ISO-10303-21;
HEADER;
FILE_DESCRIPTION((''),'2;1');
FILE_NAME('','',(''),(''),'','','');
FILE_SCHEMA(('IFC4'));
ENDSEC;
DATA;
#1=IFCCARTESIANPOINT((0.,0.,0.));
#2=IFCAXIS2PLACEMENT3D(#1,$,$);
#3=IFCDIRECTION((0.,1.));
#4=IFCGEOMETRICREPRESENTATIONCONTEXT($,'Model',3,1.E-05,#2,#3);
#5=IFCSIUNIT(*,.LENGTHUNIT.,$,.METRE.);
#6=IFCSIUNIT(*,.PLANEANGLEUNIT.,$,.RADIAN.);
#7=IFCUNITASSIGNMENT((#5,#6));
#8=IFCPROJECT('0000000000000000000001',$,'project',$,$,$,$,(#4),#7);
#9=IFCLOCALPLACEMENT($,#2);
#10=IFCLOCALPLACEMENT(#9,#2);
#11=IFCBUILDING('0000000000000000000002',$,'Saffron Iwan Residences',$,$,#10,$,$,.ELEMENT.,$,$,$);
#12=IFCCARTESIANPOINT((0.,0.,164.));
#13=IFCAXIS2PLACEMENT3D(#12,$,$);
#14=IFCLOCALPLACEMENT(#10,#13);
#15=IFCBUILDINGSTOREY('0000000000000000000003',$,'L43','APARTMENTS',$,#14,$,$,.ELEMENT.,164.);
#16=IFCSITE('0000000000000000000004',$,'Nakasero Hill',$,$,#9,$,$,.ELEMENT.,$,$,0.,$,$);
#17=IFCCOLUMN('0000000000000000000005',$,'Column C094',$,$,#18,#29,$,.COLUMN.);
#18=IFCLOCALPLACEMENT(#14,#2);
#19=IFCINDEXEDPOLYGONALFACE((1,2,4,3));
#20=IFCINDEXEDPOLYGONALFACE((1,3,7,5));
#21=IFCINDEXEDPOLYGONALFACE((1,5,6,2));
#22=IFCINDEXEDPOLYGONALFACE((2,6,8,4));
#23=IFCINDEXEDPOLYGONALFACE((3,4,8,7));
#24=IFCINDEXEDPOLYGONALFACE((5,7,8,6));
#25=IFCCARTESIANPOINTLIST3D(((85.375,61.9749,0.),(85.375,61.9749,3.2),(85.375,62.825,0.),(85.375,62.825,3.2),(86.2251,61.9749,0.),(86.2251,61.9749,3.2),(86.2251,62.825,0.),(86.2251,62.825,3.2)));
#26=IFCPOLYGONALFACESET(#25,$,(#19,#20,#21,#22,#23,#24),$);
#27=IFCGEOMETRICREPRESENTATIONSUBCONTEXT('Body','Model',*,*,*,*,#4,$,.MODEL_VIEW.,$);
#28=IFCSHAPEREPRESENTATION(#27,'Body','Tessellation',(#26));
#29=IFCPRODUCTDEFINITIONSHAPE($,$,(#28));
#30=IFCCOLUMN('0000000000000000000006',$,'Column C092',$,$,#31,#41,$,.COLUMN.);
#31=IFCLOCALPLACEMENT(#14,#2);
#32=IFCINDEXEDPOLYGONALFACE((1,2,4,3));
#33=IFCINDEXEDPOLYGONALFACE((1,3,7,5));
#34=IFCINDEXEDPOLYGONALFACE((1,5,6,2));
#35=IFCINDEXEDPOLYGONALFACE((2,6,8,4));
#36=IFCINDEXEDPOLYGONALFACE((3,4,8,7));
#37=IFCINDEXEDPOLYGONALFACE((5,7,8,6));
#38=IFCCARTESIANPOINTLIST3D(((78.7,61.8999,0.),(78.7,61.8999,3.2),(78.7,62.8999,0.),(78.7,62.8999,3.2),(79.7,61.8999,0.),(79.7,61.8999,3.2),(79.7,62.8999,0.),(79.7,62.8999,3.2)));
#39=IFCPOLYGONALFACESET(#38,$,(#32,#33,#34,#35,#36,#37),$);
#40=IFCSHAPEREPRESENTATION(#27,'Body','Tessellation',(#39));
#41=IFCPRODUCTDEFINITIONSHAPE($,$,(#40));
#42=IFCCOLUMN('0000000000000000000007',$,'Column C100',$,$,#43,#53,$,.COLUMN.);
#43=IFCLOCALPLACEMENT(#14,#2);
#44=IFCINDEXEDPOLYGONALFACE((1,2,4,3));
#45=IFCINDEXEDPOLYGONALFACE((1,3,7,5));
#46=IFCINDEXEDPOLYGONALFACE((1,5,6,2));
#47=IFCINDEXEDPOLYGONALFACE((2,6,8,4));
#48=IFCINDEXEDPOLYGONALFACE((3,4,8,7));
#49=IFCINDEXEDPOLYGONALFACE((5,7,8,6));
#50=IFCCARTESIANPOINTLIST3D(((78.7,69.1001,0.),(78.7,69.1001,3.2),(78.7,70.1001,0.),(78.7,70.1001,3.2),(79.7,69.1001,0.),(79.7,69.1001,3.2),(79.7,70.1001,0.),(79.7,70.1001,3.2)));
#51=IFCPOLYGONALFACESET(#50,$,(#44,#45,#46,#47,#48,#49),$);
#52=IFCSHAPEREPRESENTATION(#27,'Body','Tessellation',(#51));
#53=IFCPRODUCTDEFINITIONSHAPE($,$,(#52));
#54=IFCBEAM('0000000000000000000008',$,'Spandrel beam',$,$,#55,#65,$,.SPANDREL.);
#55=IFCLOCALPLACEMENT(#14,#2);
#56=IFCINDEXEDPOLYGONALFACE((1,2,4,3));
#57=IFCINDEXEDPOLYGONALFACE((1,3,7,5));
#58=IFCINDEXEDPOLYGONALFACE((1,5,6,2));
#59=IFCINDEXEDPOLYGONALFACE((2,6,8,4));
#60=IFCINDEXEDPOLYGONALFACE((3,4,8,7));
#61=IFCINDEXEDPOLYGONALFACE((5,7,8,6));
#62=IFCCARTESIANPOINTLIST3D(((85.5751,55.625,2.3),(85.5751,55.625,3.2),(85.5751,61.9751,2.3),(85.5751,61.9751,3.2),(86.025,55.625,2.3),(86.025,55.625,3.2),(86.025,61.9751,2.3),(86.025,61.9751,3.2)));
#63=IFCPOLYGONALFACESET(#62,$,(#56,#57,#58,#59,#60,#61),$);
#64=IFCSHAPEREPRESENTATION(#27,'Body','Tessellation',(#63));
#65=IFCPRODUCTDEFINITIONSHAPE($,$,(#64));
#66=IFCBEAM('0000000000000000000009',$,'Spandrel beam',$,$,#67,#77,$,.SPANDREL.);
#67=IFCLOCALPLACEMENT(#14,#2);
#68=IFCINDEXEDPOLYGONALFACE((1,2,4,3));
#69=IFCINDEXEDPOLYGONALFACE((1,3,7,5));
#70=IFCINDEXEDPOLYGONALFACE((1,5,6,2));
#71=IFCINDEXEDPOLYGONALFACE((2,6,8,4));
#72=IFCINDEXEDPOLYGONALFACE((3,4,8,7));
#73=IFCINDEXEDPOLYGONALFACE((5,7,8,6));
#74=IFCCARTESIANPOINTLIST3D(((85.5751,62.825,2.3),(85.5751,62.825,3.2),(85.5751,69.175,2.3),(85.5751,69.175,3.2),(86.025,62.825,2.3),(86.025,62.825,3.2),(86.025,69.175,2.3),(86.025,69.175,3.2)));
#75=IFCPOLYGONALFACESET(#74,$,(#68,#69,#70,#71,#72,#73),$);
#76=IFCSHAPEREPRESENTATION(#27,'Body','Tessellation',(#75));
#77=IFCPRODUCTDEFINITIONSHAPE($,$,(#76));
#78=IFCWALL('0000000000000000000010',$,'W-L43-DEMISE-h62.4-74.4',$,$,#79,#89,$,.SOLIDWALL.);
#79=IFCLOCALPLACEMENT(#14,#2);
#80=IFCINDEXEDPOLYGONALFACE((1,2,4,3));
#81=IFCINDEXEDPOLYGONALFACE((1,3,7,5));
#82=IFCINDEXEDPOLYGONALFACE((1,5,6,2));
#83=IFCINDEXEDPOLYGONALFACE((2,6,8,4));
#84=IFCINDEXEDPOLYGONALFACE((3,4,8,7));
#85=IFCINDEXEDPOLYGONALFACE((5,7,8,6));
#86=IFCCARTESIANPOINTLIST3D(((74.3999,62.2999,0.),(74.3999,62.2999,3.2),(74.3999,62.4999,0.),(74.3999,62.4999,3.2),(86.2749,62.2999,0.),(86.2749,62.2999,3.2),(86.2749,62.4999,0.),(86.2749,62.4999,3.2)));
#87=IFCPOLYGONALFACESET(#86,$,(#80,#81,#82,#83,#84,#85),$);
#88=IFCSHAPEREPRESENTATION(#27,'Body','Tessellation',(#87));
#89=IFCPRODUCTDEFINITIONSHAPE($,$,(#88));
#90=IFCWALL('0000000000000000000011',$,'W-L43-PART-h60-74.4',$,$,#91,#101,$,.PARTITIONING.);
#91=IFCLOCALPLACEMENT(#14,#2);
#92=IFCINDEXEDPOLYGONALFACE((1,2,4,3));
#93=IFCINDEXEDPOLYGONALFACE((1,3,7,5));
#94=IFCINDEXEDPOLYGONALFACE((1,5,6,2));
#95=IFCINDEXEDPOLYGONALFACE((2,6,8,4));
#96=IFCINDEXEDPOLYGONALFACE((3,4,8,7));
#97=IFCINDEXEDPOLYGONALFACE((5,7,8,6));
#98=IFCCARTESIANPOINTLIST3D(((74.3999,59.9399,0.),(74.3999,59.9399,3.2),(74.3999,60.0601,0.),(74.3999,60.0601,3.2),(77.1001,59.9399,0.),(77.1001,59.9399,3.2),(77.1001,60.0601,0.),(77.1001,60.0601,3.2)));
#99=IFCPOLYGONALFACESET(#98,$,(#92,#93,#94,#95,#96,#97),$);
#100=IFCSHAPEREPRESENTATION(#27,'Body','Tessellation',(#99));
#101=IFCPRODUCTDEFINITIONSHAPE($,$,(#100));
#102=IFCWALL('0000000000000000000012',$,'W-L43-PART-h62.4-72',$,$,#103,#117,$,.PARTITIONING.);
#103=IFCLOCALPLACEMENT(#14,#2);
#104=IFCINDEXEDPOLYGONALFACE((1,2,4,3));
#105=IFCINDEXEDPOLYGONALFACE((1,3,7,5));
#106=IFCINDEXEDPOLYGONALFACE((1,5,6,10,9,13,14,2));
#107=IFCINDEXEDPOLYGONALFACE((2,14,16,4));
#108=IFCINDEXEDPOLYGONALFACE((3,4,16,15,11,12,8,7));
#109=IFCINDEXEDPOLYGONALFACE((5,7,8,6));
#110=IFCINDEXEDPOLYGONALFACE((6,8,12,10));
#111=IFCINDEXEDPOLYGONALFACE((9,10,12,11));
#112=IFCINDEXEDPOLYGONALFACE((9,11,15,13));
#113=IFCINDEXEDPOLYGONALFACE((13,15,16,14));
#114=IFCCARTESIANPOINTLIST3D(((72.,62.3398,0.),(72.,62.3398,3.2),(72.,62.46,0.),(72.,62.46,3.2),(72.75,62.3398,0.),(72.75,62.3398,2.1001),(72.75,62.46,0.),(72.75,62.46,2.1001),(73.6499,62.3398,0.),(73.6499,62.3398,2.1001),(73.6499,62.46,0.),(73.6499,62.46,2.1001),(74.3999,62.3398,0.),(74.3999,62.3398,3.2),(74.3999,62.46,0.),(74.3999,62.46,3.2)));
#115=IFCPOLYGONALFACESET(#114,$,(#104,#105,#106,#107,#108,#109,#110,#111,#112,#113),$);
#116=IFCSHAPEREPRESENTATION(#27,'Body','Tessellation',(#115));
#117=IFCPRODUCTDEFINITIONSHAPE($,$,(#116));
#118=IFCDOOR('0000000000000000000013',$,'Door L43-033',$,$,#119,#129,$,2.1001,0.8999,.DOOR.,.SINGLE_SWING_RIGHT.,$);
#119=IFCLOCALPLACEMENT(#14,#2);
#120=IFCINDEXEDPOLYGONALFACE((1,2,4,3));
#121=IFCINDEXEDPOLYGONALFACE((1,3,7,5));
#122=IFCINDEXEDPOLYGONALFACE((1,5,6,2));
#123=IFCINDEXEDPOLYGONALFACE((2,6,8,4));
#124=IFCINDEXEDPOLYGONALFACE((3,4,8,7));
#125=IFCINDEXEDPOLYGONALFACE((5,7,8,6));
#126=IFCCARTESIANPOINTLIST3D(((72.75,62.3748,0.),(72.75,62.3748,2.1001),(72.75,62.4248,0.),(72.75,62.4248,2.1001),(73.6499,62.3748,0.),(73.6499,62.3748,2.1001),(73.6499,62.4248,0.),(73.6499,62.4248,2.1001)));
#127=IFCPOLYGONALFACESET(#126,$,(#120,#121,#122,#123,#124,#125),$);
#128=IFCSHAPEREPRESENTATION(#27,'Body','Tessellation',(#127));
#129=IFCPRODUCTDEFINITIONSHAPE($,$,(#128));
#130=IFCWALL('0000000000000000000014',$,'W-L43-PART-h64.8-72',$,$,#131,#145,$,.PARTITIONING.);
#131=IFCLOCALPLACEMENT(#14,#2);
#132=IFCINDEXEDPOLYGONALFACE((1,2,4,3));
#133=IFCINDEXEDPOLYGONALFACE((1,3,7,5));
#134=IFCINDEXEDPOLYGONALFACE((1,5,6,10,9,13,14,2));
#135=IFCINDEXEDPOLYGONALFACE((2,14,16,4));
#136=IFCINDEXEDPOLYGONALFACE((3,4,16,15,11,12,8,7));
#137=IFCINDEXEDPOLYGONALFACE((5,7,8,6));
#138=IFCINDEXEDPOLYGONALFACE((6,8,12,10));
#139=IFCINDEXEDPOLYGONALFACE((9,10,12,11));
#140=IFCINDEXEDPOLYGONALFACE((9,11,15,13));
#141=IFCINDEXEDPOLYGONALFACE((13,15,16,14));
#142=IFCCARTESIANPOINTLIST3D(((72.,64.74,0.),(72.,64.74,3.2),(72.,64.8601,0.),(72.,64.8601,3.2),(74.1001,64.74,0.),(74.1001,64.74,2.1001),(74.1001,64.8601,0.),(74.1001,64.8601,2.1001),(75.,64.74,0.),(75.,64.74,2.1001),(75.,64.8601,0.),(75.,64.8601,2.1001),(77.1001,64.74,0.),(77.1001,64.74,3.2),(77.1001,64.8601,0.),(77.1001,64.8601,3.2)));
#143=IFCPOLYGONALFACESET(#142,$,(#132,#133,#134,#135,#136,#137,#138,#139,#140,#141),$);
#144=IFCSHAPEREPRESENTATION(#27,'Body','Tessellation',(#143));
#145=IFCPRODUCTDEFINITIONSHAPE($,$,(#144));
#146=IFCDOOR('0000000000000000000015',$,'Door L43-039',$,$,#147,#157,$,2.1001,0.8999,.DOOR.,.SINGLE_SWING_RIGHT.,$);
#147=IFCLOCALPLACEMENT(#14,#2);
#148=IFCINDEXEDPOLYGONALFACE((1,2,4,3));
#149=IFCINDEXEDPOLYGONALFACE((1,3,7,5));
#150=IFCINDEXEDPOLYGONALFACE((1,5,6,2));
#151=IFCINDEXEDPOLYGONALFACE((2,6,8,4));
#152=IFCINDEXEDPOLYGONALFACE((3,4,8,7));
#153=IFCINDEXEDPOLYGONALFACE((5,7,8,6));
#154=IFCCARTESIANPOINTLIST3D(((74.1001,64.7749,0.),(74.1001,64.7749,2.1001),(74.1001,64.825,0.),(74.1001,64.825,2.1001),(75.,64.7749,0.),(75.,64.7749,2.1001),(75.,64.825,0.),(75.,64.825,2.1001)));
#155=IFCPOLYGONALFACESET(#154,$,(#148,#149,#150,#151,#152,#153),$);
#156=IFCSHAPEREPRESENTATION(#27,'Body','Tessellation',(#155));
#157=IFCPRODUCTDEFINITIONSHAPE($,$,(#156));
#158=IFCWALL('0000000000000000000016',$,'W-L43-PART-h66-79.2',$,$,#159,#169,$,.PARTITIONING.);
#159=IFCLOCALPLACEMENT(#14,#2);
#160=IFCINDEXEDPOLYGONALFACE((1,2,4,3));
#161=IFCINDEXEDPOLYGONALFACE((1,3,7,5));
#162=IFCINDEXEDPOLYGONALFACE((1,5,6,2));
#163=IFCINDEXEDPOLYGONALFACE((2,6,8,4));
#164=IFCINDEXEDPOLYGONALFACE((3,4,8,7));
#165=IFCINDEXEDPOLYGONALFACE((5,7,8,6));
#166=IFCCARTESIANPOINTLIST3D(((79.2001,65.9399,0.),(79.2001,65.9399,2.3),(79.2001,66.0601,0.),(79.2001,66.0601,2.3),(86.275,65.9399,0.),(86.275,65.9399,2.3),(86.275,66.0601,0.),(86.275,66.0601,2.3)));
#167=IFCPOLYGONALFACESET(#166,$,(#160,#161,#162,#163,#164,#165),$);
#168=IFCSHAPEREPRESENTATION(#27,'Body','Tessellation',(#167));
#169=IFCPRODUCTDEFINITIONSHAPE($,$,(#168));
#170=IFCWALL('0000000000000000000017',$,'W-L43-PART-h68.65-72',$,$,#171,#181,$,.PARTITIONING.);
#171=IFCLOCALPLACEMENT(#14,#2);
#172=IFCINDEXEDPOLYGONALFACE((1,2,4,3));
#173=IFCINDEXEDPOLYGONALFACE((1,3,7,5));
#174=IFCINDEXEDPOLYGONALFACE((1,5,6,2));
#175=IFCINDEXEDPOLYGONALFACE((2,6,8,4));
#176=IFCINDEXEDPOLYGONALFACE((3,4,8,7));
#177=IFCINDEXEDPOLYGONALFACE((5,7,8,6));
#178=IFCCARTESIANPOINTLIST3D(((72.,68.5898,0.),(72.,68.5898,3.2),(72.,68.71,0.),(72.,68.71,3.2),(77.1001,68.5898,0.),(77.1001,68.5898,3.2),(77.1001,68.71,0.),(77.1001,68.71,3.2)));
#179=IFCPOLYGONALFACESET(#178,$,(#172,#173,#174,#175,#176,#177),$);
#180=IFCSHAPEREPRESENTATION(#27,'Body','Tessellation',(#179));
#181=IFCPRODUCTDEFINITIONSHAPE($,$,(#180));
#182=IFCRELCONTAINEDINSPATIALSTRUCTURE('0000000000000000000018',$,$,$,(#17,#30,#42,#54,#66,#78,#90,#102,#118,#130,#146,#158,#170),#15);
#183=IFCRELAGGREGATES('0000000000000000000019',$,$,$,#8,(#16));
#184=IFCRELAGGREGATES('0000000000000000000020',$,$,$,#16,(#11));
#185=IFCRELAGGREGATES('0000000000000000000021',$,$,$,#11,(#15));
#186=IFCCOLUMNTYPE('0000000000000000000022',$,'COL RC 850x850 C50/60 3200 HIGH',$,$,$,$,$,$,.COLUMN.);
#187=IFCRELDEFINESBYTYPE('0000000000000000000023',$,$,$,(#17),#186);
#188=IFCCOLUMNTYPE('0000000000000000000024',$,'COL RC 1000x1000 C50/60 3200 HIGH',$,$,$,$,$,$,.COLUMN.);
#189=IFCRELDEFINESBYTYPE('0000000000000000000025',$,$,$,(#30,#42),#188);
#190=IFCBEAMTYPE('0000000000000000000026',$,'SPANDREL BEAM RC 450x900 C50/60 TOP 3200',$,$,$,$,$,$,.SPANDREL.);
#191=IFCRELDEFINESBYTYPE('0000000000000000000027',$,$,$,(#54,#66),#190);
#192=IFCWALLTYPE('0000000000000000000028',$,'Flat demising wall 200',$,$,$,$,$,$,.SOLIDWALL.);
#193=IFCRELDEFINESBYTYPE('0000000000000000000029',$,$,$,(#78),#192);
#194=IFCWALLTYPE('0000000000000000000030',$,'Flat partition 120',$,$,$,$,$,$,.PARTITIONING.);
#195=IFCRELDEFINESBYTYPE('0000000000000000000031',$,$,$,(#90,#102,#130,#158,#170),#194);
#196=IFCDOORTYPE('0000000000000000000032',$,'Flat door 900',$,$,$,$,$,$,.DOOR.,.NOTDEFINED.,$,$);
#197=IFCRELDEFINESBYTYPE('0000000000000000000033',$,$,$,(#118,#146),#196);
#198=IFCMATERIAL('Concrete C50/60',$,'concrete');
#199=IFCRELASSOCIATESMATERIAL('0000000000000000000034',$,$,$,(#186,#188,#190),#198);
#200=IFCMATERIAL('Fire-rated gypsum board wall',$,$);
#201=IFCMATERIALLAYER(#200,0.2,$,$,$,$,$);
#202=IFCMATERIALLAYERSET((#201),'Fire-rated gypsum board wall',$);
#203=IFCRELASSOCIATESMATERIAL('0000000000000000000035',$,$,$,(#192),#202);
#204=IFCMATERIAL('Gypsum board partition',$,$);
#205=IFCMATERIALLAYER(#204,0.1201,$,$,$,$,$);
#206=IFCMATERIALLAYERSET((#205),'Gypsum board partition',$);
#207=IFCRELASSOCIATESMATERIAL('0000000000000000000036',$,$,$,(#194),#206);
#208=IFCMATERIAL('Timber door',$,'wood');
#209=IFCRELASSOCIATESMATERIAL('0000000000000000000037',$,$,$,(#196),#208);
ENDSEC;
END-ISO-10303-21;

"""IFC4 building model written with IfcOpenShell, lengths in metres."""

from ifc_helpers import new_model, si_unit, direction, frame, frame_2d, origin, origin_2d, place, context, subcontext, project, spatial, rectangle, extrude, source, transform, mapped, material, layer, layer_set, material_profile, profile_set, type_object, element, fill, save


model = new_model("IFC4")

# Units and contexts
model_context = context("Model", 3, precision=1e-05, world=origin(), true_north=direction((0.0, 1.0)))
body_context = subcontext(model_context, "Body", "Model", "MODEL_VIEW")
ifc_project = project(units=[si_unit("LENGTHUNIT", "METRE"), si_unit("PLANEANGLEUNIT", "RADIAN")], contexts=[model_context])

# Site, building, storey
site_placement = place(None, origin())
site = spatial("IfcSite", under=ifc_project, at=site_placement, Name="Nakasero Hill", CompositionType="ELEMENT", RefElevation=0.0)
building_placement = place(site_placement, origin())
building = spatial("IfcBuilding", under=site, at=building_placement, Name="Saffron Iwan Residences", CompositionType="ELEMENT")
storey_placement = place(building_placement, frame((0.0, 0.0, 164.0)))
storey = spatial("IfcBuildingStorey", under=building, at=storey_placement, Name="L43", Description="APARTMENTS", CompositionType="ELEMENT", Elevation=164.0)

# Columns
ifc_material_1 = material(Name="Concrete C50/60", Category="concrete")
ifc_material_profile_1 = material_profile(ifc_material_1, rectangle(XDim=0.8501, YDim=0.8501, at=origin_2d()), Name="RC 850x850")
ifc_profile_set_1 = profile_set([ifc_material_profile_1], Name="Concrete C50/60")
column_type_1 = type_object("IfcColumnType", Name="COL RC 850x850 C50/60 3200 HIGH", PredefinedType="COLUMN", material=ifc_profile_set_1)
shared_shape_1 = source(origin(), body_context, "Body", "SweptSolid", [
    extrude(rectangle(XDim=0.8501, YDim=0.8501, at=origin_2d()), origin(), (0.0, 0.0, 1.0), 3.2),
])
column_placement = place(storey_placement, frame((85.8, 62.3999, 0.0), z_axis=(0.0, 0.0, 1.0), x_axis=(1.0, 0.0, 0.0)))
element("IfcColumn", 1, at=column_placement, inside=storey, type_object=column_type_1, Name="Column C094", PredefinedType="COLUMN", context=body_context, shape_type="MappedRepresentation", body=[
    mapped(shared_shape_1, transform((0.0, 0.0, 0.0))),
])
ifc_material_profile_2 = material_profile(ifc_material_1, rectangle(XDim=1.0, YDim=1.0, at=origin_2d()), Name="RC 1000x1000")
ifc_profile_set_2 = profile_set([ifc_material_profile_2], Name="Concrete C50/60")
column_type_2 = type_object("IfcColumnType", Name="COL RC 1000x1000 C50/60 3200 HIGH", PredefinedType="COLUMN", material=ifc_profile_set_2)
shared_shape_2 = source(origin(), body_context, "Body", "SweptSolid", [
    extrude(rectangle(XDim=1.0, YDim=1.0, at=origin_2d()), origin(), (0.0, 0.0, 1.0), 3.2),
])
for number, where, z_axis, x_axis, name in (
    (2, (79.2, 62.3999, 0.0), (0.0, 0.0, 1.0), (1.0, 0.0, 0.0), "Column C092"),
    (3, (79.2, 69.6001, 0.0), (0.0, 0.0, 1.0), (1.0, 0.0, 0.0), "Column C100"),
):
    element("IfcColumn", number, at=place(storey_placement, frame(where, z_axis=z_axis, x_axis=x_axis)), inside=storey, type_object=column_type_2, Name=name, PredefinedType="COLUMN", context=body_context, shape_type="MappedRepresentation", body=[
        mapped(shared_shape_2, transform((0.0, 0.0, 0.0))),
    ])

# Beams
ifc_material_profile_3 = material_profile(ifc_material_1, rectangle(XDim=0.45, YDim=0.8999, at=origin_2d()), Name="RC 450x900")
ifc_profile_set_3 = profile_set([ifc_material_profile_3], Name="Concrete C50/60")
beam_type = type_object("IfcBeamType", Name="SPANDREL BEAM RC 450x900 C50/60 TOP 3200", PredefinedType="SPANDREL", material=ifc_profile_set_3)
shared_shape_3 = source(origin(), body_context, "Body", "SweptSolid", [
    extrude(rectangle(XDim=0.45, YDim=0.8999, at=origin_2d()), origin(), (0.0, 0.0, 1.0), 6.3501),
])
for number, where, z_axis, x_axis, name in (
    (4, (85.8, 61.9751, 2.75), (0.0, -1.0, 0.0), (1.0, 0.0, 0.0), "Spandrel beam"),
    (5, (85.8, 69.175, 2.75), (0.0, -1.0, 0.0), (1.0, 0.0, 0.0), "Spandrel beam"),
):
    element("IfcBeam", number, at=place(storey_placement, frame(where, z_axis=z_axis, x_axis=x_axis)), inside=storey, type_object=beam_type, Name=name, PredefinedType="SPANDREL", context=body_context, shape_type="MappedRepresentation", body=[
        mapped(shared_shape_3, transform((0.0, 0.0, 0.0))),
    ])

# Walls
ifc_material_2 = material(Name="Fire-rated gypsum board wall")
ifc_layer_1 = layer(ifc_material_2, 0.2)
ifc_layer_set_1 = layer_set([ifc_layer_1], Name="Fire-rated gypsum board wall")
wall_type_1 = type_object("IfcWallType", Name="Flat demising wall 200", PredefinedType="SOLIDWALL", material=ifc_layer_set_1)
wall_1_placement = place(storey_placement, frame((74.3999, 62.3999, 0.0), z_axis=(0.0, 0.0, 1.0), x_axis=(1.0, 0.0, 0.0)))
element("IfcWall", 6, at=wall_1_placement, inside=storey, type_object=wall_type_1, Name="W-L43-DEMISE-h62.4-74.4", PredefinedType="SOLIDWALL", context=body_context, shape_type="SweptSolid", body=[
    extrude(rectangle(XDim=11.875, YDim=0.2, at=frame_2d((5.9375, 0.0))), origin(), (0.0, 0.0, 1.0), 3.2),
])
ifc_material_3 = material(Name="Gypsum board partition")
ifc_layer_2 = layer(ifc_material_3, 0.1201)
ifc_layer_set_2 = layer_set([ifc_layer_2], Name="Gypsum board partition")
wall_type_2 = type_object("IfcWallType", Name="Flat partition 120", PredefinedType="PARTITIONING", material=ifc_layer_set_2)
wall_2_placement = place(storey_placement, frame((74.3999, 60.0, 0.0), z_axis=(0.0, 0.0, 1.0), x_axis=(1.0, 0.0, 0.0)))
element("IfcWall", 7, at=wall_2_placement, inside=storey, type_object=wall_type_2, Name="W-L43-PART-h60-74.4", PredefinedType="PARTITIONING", context=body_context, shape_type="SweptSolid", body=[
    extrude(rectangle(XDim=2.7002, YDim=0.1201, at=frame_2d((1.3501, 0.0))), origin(), (0.0, 0.0, 1.0), 3.2),
])

# Walls, openings, doors
wall_3_placement = place(storey_placement, frame((72.0, 62.3999, 0.0), z_axis=(0.0, 0.0, 1.0), x_axis=(1.0, 0.0, 0.0)))
wall_3 = element("IfcWall", 8, at=wall_3_placement, inside=storey, type_object=wall_type_2, Name="W-L43-PART-h62.4-72", PredefinedType="PARTITIONING", context=body_context, shape_type="SweptSolid", body=[
    extrude(rectangle(XDim=2.3999, YDim=0.1201, at=frame_2d((1.2, 0.0))), origin(), (0.0, 0.0, 1.0), 3.2),
])
opening_1_placement = place(wall_3_placement, frame((0.75, 0.0, 0.0)))
opening_1 = element("IfcOpeningElement", 9, at=opening_1_placement, cuts=wall_3, PredefinedType="OPENING", context=body_context, shape_type="SweptSolid", body=[
    extrude(rectangle(XDim=0.8999, YDim=2.1001, at=frame_2d((0.45, 1.05))), frame((0.0, 0.0701, 0.0), z_axis=(0.0, -1.0, 0.0), x_axis=(1.0, 0.0, 0.0)), (0.0, 0.0, 1.0), 0.1401),
])
ifc_material_4 = material(Name="Timber door", Category="wood")
door_type_1 = type_object("IfcDoorType", Name="Flat door 900", OperationType="NOTDEFINED", PredefinedType="DOOR", material=ifc_material_4)
door_1_placement = place(opening_1_placement, origin())
door_1 = element("IfcDoor", 10, at=door_1_placement, inside=storey, type_object=door_type_1, Name="Door L43-033", OperationType="SINGLE_SWING_RIGHT", OverallHeight=2.1001, OverallWidth=0.8999, PredefinedType="DOOR", context=body_context, shape_type="SweptSolid", body=[
    extrude(rectangle(XDim=0.8999, YDim=2.1001, at=frame_2d((0.45, 1.05))), frame((0.0, 0.0249, 0.0), z_axis=(0.0, -1.0, 0.0), x_axis=(1.0, 0.0, 0.0)), (0.0, 0.0, 1.0), 0.05),
])
fill(opening_1, door_1)
wall_4_placement = place(storey_placement, frame((72.0, 64.8, 0.0), z_axis=(0.0, 0.0, 1.0), x_axis=(1.0, 0.0, 0.0)))
wall_4 = element("IfcWall", 11, at=wall_4_placement, inside=storey, type_object=wall_type_2, Name="W-L43-PART-h64.8-72", PredefinedType="PARTITIONING", context=body_context, shape_type="SweptSolid", body=[
    extrude(rectangle(XDim=5.1001, YDim=0.1201, at=frame_2d((2.55, 0.0))), origin(), (0.0, 0.0, 1.0), 3.2),
])
opening_2_placement = place(wall_4_placement, frame((2.1001, 0.0, 0.0)))
opening_2 = element("IfcOpeningElement", 12, at=opening_2_placement, cuts=wall_4, PredefinedType="OPENING", context=body_context, shape_type="SweptSolid", body=[
    extrude(rectangle(XDim=0.8999, YDim=2.1001, at=frame_2d((0.45, 1.05))), frame((0.0, 0.0701, 0.0), z_axis=(0.0, -1.0, 0.0), x_axis=(1.0, 0.0, 0.0)), (0.0, 0.0, 1.0), 0.1401),
])
door_2_placement = place(opening_2_placement, origin())
door_2 = element("IfcDoor", 13, at=door_2_placement, inside=storey, type_object=door_type_1, Name="Door L43-039", OperationType="SINGLE_SWING_RIGHT", OverallHeight=2.1001, OverallWidth=0.8999, PredefinedType="DOOR", context=body_context, shape_type="SweptSolid", body=[
    extrude(rectangle(XDim=0.8999, YDim=2.1001, at=frame_2d((0.45, 1.05))), frame((0.0, 0.0249, 0.0), z_axis=(0.0, -1.0, 0.0), x_axis=(1.0, 0.0, 0.0)), (0.0, 0.0, 1.0), 0.05),
])
fill(opening_2, door_2)

# Walls
wall_5_placement = place(storey_placement, frame((79.2, 66.0, 0.0), z_axis=(0.0, 0.0, 1.0), x_axis=(1.0, 0.0, 0.0)))
element("IfcWall", 14, at=wall_5_placement, inside=storey, type_object=wall_type_2, Name="W-L43-PART-h66-79.2", PredefinedType="PARTITIONING", context=body_context, shape_type="SweptSolid", body=[
    extrude(rectangle(XDim=7.075, YDim=0.1201, at=frame_2d((3.5376, 0.0))), origin(), (0.0, 0.0, 1.0), 2.3),
])
wall_6_placement = place(storey_placement, frame((72.0, 68.6499, 0.0), z_axis=(0.0, 0.0, 1.0), x_axis=(1.0, 0.0, 0.0)))
element("IfcWall", 15, at=wall_6_placement, inside=storey, type_object=wall_type_2, Name="W-L43-PART-h68.65-72", PredefinedType="PARTITIONING", context=body_context, shape_type="SweptSolid", body=[
    extrude(rectangle(XDim=5.1001, YDim=0.1201, at=frame_2d((2.55, 0.0))), origin(), (0.0, 0.0, 1.0), 3.2),
])

save(model, "model.ifc")
